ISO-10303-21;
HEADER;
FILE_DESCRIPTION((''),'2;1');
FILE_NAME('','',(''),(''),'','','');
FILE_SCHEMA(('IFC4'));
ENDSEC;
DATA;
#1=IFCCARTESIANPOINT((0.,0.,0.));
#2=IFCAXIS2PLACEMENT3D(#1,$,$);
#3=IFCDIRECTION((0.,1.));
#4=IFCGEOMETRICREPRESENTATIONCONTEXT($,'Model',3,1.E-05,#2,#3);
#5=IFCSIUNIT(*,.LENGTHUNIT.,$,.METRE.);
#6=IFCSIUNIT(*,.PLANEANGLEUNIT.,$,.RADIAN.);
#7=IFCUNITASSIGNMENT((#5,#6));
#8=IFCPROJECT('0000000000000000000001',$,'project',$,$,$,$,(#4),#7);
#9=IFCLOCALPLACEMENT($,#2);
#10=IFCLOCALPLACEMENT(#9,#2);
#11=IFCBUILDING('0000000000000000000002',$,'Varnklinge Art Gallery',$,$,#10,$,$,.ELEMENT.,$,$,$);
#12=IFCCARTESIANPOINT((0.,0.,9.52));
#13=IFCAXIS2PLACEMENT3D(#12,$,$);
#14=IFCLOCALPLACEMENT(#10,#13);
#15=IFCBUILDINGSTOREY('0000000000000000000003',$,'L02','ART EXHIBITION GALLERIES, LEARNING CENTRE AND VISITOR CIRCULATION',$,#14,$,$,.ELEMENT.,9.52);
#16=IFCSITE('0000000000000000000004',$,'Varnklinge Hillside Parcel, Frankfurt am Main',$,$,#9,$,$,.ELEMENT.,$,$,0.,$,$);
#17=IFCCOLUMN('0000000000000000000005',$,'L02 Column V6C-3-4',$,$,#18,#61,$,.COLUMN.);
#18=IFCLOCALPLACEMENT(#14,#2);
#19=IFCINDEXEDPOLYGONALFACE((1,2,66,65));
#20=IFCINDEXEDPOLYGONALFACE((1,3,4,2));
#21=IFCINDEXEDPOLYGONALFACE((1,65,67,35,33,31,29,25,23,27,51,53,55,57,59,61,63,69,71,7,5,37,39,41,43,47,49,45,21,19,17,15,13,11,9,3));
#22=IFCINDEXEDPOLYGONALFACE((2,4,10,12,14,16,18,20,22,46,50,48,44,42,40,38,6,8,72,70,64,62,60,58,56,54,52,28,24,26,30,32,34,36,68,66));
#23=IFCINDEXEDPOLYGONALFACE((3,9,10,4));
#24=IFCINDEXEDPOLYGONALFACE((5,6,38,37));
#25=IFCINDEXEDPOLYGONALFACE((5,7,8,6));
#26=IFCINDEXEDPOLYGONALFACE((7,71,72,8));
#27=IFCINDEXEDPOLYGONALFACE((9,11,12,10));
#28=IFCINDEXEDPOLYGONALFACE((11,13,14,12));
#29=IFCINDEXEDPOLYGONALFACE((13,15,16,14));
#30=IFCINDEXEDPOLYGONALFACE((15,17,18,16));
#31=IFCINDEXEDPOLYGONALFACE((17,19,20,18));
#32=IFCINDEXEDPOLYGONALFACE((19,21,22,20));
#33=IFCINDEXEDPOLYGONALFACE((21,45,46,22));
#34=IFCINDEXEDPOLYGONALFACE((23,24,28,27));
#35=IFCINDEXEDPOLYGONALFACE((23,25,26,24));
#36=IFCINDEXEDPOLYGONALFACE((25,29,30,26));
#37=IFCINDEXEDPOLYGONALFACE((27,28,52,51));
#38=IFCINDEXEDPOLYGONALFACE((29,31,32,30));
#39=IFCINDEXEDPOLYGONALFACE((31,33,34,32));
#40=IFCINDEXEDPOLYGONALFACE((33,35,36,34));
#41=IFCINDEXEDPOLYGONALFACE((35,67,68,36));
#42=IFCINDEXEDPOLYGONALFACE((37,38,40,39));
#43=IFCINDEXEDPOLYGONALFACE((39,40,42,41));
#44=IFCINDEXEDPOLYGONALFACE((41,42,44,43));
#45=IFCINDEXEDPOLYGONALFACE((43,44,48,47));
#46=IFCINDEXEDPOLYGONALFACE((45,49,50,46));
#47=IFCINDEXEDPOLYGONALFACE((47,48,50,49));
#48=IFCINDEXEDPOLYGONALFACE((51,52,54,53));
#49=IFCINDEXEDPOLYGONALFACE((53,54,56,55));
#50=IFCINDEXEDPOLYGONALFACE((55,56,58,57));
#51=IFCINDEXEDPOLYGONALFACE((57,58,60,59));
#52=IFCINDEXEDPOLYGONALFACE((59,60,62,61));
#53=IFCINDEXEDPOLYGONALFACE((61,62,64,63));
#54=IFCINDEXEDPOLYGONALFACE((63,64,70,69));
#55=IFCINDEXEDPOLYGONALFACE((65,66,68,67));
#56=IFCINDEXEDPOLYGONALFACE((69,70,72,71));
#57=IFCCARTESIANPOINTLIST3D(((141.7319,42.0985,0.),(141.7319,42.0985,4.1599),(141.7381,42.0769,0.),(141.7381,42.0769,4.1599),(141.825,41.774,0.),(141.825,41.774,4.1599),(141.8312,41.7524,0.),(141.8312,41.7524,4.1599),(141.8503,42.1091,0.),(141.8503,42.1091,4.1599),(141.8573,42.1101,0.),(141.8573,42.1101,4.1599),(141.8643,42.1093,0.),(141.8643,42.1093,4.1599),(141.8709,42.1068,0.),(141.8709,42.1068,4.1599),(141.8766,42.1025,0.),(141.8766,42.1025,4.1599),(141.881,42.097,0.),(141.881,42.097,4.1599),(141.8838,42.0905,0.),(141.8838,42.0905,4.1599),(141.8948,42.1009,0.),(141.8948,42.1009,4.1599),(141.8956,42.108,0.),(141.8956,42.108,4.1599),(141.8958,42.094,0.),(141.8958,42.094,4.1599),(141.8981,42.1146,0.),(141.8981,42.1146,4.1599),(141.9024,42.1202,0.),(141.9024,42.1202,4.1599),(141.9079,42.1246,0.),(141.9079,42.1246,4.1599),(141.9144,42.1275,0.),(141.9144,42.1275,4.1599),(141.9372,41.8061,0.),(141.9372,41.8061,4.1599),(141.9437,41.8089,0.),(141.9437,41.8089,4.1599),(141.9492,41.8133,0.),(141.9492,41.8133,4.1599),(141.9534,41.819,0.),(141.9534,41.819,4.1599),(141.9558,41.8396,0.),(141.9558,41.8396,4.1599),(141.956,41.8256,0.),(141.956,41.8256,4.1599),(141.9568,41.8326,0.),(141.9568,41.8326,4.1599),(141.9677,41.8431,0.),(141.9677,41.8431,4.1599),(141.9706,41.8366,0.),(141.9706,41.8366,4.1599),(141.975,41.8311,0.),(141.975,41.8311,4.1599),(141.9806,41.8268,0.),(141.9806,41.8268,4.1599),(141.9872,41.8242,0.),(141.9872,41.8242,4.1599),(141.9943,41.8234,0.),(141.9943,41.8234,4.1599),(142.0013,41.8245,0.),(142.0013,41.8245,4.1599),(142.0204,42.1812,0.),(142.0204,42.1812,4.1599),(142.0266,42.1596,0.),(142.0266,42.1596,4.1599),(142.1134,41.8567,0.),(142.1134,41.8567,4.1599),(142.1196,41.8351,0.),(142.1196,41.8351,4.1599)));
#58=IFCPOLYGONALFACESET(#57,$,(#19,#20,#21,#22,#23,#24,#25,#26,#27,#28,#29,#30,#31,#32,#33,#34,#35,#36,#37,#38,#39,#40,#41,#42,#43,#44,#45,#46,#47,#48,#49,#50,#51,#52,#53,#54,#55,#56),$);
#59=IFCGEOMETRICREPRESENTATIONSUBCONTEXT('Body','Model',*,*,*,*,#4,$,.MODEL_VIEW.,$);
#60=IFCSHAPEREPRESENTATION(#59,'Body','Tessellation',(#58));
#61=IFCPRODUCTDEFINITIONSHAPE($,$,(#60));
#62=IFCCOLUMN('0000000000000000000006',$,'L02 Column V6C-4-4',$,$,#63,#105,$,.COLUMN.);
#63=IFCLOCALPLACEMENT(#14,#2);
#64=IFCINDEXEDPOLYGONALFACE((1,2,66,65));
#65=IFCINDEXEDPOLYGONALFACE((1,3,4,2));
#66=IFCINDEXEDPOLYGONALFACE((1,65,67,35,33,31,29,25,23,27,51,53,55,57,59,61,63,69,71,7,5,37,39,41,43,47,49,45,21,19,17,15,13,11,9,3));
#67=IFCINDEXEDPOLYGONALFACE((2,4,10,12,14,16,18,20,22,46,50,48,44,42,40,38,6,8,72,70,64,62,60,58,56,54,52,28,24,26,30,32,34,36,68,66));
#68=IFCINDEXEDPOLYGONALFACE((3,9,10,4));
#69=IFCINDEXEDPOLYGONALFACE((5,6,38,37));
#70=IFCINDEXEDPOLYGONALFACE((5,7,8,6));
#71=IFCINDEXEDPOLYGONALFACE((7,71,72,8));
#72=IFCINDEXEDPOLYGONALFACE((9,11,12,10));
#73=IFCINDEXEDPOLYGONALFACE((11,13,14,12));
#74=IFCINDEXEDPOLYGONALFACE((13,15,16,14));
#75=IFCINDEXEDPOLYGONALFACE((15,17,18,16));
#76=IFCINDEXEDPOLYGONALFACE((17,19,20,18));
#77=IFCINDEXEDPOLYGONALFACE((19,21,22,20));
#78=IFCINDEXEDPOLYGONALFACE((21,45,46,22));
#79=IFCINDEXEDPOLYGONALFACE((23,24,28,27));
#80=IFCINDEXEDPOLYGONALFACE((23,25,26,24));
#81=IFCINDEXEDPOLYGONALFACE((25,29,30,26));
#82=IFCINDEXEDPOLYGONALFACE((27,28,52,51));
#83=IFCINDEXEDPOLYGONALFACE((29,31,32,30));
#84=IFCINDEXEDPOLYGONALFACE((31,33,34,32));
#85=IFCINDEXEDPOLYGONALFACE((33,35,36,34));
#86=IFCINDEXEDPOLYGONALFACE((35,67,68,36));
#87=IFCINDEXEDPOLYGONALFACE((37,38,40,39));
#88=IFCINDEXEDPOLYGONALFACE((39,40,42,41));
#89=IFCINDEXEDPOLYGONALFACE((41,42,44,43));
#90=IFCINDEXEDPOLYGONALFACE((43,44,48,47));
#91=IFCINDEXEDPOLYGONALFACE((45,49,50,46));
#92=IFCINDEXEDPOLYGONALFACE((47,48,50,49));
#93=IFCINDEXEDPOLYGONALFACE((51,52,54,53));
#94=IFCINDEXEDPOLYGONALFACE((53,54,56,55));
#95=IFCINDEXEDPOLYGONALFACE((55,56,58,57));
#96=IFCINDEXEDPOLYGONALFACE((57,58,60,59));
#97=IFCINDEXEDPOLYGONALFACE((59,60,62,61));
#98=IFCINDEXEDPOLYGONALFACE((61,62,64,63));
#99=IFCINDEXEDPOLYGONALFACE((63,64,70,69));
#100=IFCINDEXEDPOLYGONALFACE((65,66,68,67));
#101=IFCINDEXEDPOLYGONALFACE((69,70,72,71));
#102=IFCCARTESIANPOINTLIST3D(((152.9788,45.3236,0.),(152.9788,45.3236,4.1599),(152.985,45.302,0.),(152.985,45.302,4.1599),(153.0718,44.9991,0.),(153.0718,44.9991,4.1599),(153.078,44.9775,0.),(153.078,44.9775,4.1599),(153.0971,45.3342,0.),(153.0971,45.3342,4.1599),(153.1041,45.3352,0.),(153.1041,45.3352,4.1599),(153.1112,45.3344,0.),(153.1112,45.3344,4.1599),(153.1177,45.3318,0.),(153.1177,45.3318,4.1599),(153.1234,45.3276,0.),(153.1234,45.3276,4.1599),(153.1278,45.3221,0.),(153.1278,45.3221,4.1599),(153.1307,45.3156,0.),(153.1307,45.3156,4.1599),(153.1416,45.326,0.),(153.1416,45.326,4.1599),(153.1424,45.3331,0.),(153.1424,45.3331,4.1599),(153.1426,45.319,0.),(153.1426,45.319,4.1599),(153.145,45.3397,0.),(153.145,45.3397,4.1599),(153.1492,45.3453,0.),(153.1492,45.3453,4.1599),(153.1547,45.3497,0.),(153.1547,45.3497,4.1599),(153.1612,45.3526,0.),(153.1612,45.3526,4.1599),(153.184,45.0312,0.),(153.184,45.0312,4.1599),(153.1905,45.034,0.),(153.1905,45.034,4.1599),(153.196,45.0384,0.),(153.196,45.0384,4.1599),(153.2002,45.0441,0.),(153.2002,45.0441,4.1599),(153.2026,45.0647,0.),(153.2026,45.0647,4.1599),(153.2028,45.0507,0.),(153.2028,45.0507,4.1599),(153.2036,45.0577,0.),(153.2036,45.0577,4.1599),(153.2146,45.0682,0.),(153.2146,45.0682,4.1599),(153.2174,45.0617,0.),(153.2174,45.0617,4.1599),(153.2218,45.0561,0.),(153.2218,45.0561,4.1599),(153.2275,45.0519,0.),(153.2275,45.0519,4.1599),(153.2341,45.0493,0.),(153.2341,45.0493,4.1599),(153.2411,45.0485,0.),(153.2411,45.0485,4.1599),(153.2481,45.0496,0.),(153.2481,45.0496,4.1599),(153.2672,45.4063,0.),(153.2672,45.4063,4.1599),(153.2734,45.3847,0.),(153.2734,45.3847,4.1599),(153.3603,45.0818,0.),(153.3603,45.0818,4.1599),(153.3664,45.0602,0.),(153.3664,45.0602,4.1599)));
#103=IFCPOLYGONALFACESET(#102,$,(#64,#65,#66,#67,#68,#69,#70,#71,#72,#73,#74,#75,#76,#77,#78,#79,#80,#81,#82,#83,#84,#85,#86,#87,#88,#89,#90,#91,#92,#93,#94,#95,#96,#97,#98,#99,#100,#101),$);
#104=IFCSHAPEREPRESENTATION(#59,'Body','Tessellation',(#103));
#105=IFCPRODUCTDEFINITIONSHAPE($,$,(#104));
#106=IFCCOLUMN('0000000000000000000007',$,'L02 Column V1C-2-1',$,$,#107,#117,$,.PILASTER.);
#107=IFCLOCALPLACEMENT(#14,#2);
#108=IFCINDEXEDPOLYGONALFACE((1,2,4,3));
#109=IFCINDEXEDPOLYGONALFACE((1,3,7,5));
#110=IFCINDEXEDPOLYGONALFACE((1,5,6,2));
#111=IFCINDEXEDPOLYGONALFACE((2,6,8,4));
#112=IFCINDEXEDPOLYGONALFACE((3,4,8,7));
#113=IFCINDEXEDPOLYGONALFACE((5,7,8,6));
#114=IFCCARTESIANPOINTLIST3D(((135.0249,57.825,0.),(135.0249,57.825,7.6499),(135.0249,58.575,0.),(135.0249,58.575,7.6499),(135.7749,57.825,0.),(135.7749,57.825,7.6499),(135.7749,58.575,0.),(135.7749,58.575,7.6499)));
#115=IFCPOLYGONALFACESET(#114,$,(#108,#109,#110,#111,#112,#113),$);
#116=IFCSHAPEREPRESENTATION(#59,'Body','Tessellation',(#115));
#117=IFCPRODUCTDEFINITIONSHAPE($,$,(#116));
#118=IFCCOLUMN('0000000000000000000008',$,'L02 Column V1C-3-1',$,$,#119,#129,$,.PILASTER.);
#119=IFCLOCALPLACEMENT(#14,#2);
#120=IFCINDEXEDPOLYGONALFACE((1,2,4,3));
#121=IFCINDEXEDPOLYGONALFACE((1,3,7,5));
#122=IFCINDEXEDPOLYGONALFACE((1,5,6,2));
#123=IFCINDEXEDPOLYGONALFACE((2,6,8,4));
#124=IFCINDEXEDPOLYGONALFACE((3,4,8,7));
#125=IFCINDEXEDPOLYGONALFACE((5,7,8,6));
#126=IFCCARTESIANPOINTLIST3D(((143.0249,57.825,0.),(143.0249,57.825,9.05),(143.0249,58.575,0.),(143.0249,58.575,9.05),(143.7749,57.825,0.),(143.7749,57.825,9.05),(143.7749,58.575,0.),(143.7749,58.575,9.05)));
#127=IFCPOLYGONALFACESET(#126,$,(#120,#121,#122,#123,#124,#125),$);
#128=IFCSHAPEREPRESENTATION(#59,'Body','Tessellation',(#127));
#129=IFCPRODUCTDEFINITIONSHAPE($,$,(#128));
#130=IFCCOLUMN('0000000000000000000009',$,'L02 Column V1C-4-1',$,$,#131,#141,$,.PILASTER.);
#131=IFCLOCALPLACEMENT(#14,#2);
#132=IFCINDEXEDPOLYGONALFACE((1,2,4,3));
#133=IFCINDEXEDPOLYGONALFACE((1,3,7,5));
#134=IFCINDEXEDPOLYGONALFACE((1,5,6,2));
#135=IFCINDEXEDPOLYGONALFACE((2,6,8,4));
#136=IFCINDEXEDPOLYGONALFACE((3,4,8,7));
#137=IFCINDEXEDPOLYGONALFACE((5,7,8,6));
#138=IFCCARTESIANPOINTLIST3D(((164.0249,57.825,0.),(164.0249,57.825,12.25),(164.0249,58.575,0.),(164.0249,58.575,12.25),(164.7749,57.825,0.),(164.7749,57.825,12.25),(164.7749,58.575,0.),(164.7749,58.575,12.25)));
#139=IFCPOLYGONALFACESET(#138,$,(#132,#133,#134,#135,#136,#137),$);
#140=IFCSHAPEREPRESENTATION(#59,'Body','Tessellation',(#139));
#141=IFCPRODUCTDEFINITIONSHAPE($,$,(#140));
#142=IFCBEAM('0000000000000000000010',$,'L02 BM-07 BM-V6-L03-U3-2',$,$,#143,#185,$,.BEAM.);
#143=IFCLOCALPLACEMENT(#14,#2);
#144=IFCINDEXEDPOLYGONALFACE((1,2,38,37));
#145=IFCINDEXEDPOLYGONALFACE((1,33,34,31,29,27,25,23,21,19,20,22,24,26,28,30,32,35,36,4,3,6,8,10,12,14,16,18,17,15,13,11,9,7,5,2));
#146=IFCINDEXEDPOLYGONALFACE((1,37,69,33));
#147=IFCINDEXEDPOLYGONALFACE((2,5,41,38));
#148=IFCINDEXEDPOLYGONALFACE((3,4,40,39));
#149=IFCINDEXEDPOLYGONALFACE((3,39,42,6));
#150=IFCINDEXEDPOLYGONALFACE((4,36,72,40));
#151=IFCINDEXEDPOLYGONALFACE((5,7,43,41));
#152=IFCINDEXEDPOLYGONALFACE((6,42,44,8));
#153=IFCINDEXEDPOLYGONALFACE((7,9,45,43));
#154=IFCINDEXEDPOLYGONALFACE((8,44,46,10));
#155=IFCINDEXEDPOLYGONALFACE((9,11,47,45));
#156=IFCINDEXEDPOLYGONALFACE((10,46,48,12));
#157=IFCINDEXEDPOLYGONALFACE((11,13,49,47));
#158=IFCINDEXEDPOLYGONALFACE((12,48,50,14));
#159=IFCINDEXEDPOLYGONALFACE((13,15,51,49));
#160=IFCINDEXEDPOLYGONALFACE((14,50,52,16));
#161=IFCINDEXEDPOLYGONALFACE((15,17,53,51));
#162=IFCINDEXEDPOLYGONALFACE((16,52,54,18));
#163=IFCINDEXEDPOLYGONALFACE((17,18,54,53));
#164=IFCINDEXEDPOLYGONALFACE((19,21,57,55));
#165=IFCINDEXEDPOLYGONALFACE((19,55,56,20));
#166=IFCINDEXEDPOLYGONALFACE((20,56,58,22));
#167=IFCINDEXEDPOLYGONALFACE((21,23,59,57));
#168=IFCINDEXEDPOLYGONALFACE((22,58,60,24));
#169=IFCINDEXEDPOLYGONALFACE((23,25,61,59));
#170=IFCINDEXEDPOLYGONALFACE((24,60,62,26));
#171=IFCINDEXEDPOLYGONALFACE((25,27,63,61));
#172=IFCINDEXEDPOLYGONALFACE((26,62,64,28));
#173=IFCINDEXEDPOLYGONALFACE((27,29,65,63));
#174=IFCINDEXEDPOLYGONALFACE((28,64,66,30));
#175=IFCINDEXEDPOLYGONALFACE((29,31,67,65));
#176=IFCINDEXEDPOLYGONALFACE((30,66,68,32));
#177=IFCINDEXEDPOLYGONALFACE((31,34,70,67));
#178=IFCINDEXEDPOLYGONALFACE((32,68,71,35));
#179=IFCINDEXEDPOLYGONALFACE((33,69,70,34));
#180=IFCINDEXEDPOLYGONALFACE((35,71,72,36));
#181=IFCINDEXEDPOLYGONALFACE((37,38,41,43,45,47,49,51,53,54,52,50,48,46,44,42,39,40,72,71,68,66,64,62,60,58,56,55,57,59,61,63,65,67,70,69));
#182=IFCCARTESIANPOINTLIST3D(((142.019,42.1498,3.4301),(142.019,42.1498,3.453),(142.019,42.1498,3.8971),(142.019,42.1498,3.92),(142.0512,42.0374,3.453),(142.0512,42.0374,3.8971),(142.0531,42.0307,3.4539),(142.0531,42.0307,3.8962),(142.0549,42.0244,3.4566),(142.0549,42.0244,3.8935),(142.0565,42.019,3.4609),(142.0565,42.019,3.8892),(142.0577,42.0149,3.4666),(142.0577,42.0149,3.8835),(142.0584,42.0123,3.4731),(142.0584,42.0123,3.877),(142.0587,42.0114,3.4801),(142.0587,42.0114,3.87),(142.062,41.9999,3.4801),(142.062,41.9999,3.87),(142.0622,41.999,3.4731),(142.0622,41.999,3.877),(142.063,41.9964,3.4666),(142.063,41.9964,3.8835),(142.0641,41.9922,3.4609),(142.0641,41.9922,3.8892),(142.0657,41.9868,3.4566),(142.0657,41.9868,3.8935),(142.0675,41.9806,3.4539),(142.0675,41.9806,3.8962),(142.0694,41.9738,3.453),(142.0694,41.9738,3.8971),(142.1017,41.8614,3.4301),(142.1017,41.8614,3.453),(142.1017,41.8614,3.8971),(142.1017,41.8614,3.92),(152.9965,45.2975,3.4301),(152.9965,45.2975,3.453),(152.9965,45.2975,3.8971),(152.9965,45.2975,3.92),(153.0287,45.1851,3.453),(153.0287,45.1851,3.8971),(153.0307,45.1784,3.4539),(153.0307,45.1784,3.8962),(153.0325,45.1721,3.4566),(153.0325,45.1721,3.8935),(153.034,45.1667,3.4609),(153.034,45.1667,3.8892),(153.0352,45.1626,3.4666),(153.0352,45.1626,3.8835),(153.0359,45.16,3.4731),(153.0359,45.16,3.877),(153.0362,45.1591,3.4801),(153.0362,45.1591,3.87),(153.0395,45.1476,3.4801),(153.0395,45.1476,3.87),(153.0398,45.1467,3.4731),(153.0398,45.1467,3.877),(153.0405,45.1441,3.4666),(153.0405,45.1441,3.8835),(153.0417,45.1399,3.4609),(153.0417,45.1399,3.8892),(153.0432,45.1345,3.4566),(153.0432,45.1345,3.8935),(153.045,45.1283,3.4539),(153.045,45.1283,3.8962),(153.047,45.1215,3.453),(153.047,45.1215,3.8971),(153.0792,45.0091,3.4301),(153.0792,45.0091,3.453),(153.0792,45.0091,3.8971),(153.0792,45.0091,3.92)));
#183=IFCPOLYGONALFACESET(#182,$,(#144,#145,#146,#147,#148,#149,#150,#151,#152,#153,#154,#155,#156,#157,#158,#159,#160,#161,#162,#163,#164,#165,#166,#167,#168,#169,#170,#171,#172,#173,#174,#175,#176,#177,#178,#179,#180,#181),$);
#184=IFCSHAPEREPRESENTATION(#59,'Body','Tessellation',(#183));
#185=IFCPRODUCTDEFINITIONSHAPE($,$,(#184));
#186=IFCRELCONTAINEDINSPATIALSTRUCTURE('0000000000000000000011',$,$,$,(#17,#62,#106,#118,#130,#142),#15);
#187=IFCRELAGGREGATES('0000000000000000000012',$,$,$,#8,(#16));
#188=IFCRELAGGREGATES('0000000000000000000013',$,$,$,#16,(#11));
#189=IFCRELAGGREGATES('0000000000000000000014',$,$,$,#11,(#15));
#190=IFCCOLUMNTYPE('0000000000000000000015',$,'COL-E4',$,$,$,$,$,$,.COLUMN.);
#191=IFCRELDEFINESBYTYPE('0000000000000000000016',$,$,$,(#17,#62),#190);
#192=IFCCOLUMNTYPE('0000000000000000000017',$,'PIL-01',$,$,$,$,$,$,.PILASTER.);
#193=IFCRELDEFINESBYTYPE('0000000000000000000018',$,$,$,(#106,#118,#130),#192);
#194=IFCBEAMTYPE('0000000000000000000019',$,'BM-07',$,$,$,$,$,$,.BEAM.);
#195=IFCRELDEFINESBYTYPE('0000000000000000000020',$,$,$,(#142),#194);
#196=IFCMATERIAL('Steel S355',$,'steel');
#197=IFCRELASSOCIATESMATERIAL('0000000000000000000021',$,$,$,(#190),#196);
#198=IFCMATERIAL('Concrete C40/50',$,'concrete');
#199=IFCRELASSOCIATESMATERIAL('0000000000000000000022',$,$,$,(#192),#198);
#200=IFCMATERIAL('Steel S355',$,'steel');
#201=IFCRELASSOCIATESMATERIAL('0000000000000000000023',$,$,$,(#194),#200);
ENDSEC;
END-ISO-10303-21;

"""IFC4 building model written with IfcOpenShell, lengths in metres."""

from ifc_helpers import new_model, si_unit, direction, frame, origin, origin_2d, place, context, subcontext, project, spatial, rectangle, i_section, extrude, material, material_profile, profile_set, type_object, element, save


model = new_model("IFC4")

# Units and contexts
model_context = context("Model", 3, precision=1e-05, world=origin(), true_north=direction((0.0, 1.0)))
body_context = subcontext(model_context, "Body", "Model", "MODEL_VIEW")
ifc_project = project(units=[si_unit("LENGTHUNIT", "METRE"), si_unit("PLANEANGLEUNIT", "RADIAN")], contexts=[model_context])

# Site, building, storey
site_placement = place(None, origin())
site = spatial("IfcSite", under=ifc_project, at=site_placement, Name="Varnklinge Hillside Parcel, Frankfurt am Main", CompositionType="ELEMENT", RefElevation=0.0)
building_placement = place(site_placement, origin())
building = spatial("IfcBuilding", under=site, at=building_placement, Name="Varnklinge Art Gallery", CompositionType="ELEMENT")
storey_placement = place(building_placement, frame((0.0, 0.0, 9.52)))
storey = spatial("IfcBuildingStorey", under=building, at=storey_placement, Name="L02", Description="ART EXHIBITION GALLERIES, LEARNING CENTRE AND VISITOR CIRCULATION", CompositionType="ELEMENT", Elevation=9.52)

# Columns
ifc_material_1 = material(Name="Steel S355", Category="steel")
ifc_material_profile_1 = material_profile(ifc_material_1, i_section(OverallWidth=0.3, OverallDepth=0.3601, WebThickness=0.0125, FlangeThickness=0.0225, FilletRadius=0.0271, at=origin_2d()), Name="HEB 360")
ifc_profile_set_1 = profile_set([ifc_material_profile_1], Name="Steel S355")
column_type_1 = type_object("IfcColumnType", Name="COL-E4", PredefinedType="COLUMN", material=ifc_profile_set_1)
for number, where, z_axis, x_axis, name in (
    (1, (141.9258, 41.9668, 0.0), (0.0, 0.0, 1.0), (0.961262, 0.275637, 0.0), "L02 Column V6C-3-4"),
    (2, (153.1726, 45.1919, 0.0), (0.0, 0.0, 1.0), (0.961262, 0.275637, 0.0), "L02 Column V6C-4-4"),
):
    element("IfcColumn", number, at=place(storey_placement, frame(where, z_axis=z_axis, x_axis=x_axis)), inside=storey, type_object=column_type_1, Name=name, PredefinedType="COLUMN", context=body_context, shape_type="SweptSolid", body=[
        extrude(i_section(OverallWidth=0.3, OverallDepth=0.3601, WebThickness=0.0125, FlangeThickness=0.0225, FilletRadius=0.0271, at=origin_2d()), origin(), (0.0, 0.0, 1.0), 4.1599),
    ])
ifc_material_2 = material(Name="Concrete C40/50", Category="concrete")
ifc_material_profile_2 = material_profile(ifc_material_2, rectangle(XDim=0.75, YDim=0.75, at=origin_2d()), Name="RC 750x750")
ifc_profile_set_2 = profile_set([ifc_material_profile_2], Name="Concrete C40/50")
column_type_2 = type_object("IfcColumnType", Name="PIL-01", PredefinedType="PILASTER", material=ifc_profile_set_2)
column_1_placement = place(storey_placement, frame((135.3999, 58.2, 0.0), z_axis=(0.0, 0.0, 1.0), x_axis=(1.0, 0.0, 0.0)))
element("IfcColumn", 3, at=column_1_placement, inside=storey, type_object=column_type_2, Name="L02 Column V1C-2-1", PredefinedType="PILASTER", context=body_context, shape_type="SweptSolid", body=[
    extrude(rectangle(XDim=0.75, YDim=0.75, at=origin_2d()), origin(), (0.0, 0.0, 1.0), 7.6499),
])
column_2_placement = place(storey_placement, frame((143.3999, 58.2, 0.0), z_axis=(0.0, 0.0, 1.0), x_axis=(1.0, 0.0, 0.0)))
element("IfcColumn", 4, at=column_2_placement, inside=storey, type_object=column_type_2, Name="L02 Column V1C-3-1", PredefinedType="PILASTER", context=body_context, shape_type="SweptSolid", body=[
    extrude(rectangle(XDim=0.75, YDim=0.75, at=origin_2d()), origin(), (0.0, 0.0, 1.0), 9.05),
])
column_3_placement = place(storey_placement, frame((164.3999, 58.2, 0.0), z_axis=(0.0, 0.0, 1.0), x_axis=(1.0, 0.0, 0.0)))
element("IfcColumn", 5, at=column_3_placement, inside=storey, type_object=column_type_2, Name="L02 Column V1C-4-1", PredefinedType="PILASTER", context=body_context, shape_type="SweptSolid", body=[
    extrude(rectangle(XDim=0.75, YDim=0.75, at=origin_2d()), origin(), (0.0, 0.0, 1.0), 12.25),
])

# Beam
ifc_material_3 = material(Name="Steel S355", Category="steel")
ifc_material_profile_3 = material_profile(ifc_material_3, i_section(OverallWidth=0.3, OverallDepth=0.49, WebThickness=0.012, FlangeThickness=0.0229, FilletRadius=0.0271, at=origin_2d()), Name="HEA 500")
ifc_profile_set_3 = profile_set([ifc_material_profile_3], Name="Steel S355")
beam_type = type_object("IfcBeamType", Name="BM-07", PredefinedType="BEAM", material=ifc_profile_set_3)
beam_placement = place(storey_placement, frame((142.0603, 42.0056, 3.675), z_axis=(0.961263, 0.275633, 0.0), x_axis=(-0.275633, 0.961263, 0.0)))
element("IfcBeam", 6, at=beam_placement, inside=storey, type_object=beam_type, Name="L02 BM-07 BM-V6-L03-U3-2", PredefinedType="BEAM", context=body_context, shape_type="SweptSolid", body=[
    extrude(i_section(OverallWidth=0.3, OverallDepth=0.49, WebThickness=0.012, FlangeThickness=0.0229, FilletRadius=0.0271, at=origin_2d()), origin(), (0.0, 0.0, 1.0), 11.4199),
])

save(model, "model.ifc")
